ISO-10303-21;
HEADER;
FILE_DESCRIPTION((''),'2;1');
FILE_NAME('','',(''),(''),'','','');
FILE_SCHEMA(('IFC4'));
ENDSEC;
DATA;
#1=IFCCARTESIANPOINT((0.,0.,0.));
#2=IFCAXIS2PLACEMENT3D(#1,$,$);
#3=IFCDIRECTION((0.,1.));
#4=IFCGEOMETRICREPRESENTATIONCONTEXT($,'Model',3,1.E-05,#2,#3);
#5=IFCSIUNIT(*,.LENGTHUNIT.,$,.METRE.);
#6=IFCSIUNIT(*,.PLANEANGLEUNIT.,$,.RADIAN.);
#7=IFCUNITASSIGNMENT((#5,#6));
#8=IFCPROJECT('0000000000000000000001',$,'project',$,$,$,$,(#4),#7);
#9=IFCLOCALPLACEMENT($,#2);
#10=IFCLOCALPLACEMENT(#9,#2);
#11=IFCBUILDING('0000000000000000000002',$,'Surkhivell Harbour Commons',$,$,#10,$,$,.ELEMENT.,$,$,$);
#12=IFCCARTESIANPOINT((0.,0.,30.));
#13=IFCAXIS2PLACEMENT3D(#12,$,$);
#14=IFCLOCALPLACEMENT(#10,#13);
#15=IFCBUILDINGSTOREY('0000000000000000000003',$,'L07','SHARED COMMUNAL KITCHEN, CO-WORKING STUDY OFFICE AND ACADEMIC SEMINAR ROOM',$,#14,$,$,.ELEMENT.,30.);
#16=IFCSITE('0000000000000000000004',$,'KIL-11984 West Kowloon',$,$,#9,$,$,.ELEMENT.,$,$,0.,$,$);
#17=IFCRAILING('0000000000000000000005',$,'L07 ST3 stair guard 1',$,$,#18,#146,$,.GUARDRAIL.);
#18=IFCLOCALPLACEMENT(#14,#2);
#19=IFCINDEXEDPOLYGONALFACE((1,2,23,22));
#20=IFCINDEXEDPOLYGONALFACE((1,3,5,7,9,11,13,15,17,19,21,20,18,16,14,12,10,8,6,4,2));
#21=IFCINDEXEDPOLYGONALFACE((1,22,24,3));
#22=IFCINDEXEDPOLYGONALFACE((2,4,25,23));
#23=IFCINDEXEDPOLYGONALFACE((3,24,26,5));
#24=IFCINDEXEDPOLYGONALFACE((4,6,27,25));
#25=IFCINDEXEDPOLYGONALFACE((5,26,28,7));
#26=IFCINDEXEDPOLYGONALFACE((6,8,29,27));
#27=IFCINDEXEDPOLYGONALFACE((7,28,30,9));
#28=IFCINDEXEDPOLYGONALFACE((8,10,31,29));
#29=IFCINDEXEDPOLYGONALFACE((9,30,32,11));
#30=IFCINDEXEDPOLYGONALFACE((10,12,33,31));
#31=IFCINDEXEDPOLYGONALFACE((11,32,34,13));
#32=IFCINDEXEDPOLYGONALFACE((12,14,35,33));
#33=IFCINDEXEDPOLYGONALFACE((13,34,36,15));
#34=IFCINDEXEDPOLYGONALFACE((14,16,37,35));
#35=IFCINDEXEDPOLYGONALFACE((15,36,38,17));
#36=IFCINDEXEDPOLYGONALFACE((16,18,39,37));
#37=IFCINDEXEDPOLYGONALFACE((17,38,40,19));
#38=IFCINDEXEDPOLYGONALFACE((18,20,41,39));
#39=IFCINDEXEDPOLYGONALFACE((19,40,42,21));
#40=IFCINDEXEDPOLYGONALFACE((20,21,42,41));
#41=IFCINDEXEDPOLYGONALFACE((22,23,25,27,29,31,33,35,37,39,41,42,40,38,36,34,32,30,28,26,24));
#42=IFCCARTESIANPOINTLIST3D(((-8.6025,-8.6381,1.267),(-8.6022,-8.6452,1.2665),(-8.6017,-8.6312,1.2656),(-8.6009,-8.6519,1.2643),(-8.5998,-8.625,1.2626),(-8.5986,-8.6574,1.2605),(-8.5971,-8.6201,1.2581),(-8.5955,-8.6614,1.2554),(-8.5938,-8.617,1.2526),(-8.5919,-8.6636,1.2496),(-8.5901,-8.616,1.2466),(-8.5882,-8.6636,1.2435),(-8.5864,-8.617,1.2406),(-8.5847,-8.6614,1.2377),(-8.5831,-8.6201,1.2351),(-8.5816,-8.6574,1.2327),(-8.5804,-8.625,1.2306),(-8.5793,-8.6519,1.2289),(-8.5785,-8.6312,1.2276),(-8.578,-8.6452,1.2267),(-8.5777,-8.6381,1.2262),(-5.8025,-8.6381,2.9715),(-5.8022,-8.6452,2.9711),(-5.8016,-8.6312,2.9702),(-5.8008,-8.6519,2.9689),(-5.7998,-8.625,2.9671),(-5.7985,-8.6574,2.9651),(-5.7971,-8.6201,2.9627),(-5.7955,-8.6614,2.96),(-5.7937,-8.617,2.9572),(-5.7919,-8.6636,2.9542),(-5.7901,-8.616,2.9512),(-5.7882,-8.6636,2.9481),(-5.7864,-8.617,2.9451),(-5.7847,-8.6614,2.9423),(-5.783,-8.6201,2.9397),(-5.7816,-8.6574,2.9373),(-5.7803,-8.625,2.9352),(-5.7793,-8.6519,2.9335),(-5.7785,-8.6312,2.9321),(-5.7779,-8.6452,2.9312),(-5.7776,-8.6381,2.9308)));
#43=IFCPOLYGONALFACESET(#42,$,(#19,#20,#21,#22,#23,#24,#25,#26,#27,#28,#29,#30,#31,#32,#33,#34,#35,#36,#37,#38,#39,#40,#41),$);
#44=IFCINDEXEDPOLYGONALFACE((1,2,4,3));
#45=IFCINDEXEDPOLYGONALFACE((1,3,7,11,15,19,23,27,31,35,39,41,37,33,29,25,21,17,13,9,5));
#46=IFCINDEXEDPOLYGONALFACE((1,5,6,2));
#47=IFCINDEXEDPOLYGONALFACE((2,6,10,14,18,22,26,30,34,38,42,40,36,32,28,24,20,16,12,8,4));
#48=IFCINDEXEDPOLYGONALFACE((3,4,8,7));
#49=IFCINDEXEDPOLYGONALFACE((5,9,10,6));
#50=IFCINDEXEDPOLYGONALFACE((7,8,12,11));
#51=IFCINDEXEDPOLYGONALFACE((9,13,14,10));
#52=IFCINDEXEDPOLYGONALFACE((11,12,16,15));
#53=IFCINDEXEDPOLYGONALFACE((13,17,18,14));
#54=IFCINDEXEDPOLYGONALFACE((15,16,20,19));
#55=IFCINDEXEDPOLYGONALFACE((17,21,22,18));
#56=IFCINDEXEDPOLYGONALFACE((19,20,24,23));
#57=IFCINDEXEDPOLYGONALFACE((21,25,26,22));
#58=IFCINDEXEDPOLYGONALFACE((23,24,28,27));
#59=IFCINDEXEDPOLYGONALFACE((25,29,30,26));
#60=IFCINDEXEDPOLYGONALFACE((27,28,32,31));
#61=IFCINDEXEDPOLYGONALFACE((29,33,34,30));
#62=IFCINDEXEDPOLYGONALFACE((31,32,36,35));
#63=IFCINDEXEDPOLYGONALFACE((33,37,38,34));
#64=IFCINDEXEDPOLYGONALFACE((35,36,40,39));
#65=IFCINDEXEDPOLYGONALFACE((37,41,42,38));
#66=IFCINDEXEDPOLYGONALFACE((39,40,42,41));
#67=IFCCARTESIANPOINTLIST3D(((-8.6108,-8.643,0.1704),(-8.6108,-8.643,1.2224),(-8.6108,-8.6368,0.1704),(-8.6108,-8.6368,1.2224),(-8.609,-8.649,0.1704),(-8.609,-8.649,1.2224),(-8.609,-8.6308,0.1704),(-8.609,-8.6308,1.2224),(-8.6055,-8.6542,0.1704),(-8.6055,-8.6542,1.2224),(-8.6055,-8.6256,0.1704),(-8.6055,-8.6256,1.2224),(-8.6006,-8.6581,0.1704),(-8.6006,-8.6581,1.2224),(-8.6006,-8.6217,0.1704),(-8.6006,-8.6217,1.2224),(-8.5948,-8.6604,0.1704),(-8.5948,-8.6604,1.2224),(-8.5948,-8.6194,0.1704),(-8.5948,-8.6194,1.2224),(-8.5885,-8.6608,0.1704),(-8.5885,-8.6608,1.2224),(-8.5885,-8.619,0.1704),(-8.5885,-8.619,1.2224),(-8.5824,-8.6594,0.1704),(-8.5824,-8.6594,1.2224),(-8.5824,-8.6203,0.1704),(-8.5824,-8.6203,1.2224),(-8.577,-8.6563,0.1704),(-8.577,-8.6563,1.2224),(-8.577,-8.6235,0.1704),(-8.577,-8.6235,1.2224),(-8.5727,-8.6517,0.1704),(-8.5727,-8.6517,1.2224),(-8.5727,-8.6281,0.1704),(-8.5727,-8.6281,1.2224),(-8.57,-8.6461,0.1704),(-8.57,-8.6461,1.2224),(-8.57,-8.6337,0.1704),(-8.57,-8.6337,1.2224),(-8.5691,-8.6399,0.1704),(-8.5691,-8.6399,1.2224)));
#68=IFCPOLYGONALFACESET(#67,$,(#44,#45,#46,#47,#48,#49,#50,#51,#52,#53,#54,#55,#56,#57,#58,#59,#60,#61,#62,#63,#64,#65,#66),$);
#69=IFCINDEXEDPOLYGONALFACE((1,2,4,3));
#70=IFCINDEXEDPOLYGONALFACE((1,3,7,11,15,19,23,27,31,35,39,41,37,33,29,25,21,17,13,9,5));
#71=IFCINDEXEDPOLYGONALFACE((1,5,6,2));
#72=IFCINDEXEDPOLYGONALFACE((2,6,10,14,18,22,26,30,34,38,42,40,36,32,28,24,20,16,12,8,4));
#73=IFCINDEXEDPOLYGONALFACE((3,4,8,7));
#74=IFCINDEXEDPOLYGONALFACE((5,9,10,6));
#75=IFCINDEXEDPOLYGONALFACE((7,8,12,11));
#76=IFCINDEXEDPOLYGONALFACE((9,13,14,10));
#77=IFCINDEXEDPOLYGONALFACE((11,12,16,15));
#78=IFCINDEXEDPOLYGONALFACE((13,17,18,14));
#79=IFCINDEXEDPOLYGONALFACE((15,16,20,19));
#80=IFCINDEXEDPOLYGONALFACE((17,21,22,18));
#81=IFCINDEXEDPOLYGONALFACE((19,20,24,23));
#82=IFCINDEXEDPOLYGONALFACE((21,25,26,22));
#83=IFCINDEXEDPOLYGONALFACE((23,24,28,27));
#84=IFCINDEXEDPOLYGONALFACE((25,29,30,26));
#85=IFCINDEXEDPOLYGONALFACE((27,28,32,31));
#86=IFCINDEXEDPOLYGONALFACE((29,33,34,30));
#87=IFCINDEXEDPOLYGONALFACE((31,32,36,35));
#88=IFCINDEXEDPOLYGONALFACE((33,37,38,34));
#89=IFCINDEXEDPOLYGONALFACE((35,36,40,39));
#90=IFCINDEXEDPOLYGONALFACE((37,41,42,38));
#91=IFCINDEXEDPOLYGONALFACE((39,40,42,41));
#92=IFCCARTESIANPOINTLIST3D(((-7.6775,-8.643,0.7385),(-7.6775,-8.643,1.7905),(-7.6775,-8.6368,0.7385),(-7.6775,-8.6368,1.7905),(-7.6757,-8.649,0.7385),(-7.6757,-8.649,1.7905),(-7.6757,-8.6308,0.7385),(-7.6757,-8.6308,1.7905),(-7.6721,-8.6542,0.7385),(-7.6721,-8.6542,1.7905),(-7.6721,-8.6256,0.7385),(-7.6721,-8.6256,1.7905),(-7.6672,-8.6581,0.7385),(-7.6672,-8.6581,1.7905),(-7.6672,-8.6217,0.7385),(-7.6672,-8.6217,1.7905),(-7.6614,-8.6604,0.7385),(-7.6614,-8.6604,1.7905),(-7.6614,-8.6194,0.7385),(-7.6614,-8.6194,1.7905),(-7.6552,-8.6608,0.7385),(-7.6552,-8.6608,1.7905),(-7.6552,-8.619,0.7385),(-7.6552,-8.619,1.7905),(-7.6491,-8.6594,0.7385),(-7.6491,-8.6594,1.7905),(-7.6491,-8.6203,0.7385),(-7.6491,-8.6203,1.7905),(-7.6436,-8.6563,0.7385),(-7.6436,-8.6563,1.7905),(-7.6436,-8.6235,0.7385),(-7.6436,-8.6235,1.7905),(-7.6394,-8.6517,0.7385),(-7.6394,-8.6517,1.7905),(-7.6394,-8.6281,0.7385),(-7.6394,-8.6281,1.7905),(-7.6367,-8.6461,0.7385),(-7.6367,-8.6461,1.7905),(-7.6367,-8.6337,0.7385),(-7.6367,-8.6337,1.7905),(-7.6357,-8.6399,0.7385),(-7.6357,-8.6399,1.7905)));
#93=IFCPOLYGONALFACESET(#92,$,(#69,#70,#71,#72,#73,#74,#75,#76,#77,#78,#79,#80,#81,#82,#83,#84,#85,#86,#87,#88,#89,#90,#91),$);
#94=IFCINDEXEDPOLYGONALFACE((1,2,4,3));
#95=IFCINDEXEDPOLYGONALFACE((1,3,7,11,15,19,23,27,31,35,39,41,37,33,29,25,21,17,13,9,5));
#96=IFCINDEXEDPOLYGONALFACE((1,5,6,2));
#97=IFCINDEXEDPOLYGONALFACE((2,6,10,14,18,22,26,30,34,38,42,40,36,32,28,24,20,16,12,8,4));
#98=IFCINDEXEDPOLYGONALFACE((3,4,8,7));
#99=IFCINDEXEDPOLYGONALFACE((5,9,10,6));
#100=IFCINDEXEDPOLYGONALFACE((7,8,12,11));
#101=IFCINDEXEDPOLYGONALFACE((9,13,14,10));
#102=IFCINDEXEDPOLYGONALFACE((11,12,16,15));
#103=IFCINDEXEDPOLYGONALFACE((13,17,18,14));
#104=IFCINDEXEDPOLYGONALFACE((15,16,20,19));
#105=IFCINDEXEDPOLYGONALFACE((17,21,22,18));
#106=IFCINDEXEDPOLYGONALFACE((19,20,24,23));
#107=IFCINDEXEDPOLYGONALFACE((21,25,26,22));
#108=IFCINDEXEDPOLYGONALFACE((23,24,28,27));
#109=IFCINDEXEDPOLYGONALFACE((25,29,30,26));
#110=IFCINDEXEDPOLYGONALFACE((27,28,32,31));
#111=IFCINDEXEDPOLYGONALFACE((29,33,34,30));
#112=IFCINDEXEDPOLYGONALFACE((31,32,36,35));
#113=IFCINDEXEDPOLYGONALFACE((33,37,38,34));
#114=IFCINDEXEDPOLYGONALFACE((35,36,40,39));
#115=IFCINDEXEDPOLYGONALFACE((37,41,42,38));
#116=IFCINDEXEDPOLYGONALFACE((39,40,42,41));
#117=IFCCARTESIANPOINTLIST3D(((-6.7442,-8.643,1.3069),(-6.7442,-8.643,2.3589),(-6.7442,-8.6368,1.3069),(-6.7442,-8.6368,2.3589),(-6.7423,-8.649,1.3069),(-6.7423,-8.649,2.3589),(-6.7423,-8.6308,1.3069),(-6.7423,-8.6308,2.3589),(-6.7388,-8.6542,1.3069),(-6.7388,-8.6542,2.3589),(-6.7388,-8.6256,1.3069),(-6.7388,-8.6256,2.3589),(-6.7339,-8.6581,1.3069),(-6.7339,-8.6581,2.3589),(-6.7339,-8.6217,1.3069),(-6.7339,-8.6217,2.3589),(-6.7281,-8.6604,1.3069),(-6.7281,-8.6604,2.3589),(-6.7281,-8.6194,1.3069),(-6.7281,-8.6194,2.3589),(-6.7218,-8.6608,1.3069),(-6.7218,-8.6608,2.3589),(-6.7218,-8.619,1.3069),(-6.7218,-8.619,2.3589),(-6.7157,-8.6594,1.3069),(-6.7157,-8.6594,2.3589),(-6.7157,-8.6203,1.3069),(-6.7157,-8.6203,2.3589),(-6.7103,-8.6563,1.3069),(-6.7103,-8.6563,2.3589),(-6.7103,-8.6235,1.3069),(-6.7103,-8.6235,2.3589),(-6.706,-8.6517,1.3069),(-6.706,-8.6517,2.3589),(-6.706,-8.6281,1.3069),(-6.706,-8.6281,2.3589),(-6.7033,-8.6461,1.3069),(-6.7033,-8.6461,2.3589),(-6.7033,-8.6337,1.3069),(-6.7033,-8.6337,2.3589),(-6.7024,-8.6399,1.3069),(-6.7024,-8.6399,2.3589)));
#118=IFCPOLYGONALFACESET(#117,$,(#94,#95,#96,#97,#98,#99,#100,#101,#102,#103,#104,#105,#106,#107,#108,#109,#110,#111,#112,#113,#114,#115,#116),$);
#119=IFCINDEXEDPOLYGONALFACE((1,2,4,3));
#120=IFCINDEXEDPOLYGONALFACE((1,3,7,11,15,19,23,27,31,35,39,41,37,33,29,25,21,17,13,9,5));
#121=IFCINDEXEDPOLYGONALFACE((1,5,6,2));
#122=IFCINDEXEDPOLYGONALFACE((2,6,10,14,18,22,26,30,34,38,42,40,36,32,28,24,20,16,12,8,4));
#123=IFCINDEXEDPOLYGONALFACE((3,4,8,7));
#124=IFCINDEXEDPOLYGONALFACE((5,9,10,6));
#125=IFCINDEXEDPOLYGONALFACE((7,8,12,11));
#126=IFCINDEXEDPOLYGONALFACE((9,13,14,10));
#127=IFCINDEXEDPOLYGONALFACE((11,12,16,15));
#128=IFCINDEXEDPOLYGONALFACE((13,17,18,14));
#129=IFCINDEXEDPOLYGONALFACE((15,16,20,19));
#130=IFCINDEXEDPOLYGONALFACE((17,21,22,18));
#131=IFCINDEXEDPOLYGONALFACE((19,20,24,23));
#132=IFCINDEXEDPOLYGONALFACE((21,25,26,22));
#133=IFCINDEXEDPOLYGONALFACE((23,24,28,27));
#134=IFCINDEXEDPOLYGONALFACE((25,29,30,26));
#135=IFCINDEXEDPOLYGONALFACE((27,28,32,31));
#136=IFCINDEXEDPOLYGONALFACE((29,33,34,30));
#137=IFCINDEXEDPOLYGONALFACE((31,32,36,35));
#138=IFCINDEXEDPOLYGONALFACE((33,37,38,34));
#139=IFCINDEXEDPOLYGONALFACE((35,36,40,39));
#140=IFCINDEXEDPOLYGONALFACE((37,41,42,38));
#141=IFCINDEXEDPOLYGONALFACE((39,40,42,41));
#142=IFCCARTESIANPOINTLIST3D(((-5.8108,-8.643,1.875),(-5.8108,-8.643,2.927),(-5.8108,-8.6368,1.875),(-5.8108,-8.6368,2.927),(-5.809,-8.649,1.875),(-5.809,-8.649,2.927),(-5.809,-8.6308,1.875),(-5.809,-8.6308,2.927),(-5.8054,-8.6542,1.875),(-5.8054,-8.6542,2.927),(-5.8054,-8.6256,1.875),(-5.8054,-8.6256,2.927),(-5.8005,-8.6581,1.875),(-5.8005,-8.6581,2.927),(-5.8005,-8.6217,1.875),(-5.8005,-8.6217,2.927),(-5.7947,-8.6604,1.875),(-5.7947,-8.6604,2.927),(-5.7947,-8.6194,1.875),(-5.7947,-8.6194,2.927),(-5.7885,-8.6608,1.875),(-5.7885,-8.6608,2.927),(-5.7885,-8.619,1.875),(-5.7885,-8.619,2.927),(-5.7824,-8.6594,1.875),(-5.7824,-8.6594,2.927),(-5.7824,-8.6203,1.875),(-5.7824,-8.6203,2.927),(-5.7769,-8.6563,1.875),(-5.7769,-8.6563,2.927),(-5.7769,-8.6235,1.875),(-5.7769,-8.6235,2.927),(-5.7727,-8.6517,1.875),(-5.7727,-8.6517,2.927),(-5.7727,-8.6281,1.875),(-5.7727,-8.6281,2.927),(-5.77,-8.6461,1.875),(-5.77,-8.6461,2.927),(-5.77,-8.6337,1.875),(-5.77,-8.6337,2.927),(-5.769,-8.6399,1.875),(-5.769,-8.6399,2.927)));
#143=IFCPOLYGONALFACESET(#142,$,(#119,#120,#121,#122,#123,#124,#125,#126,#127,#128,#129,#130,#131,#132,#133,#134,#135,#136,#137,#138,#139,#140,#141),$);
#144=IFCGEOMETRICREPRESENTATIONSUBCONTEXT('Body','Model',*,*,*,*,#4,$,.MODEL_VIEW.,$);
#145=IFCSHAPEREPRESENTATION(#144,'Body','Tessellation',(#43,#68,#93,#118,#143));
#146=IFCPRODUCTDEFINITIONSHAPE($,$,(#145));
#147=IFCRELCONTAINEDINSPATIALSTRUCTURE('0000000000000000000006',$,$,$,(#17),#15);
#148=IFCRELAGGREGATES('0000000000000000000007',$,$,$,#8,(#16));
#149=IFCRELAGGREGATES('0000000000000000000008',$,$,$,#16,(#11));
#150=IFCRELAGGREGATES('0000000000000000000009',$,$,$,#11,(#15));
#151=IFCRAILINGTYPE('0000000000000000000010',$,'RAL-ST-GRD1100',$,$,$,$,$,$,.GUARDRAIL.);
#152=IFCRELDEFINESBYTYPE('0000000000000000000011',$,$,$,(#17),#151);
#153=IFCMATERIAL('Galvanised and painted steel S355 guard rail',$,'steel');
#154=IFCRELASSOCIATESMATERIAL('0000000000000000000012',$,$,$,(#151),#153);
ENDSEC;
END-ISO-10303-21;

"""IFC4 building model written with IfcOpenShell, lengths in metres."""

from ifc_helpers import new_model, si_unit, direction, frame, origin, origin_2d, place, context, subcontext, project, spatial, circle, extrude, material, type_object, element, save


model = new_model("IFC4")

# Units and contexts
model_context = context("Model", 3, precision=1e-05, world=origin(), true_north=direction((0.0, 1.0)))
body_context = subcontext(model_context, "Body", "Model", "MODEL_VIEW")
ifc_project = project(units=[si_unit("LENGTHUNIT", "METRE"), si_unit("PLANEANGLEUNIT", "RADIAN")], contexts=[model_context])

# Site, building, storey
site_placement = place(None, origin())
site = spatial("IfcSite", under=ifc_project, at=site_placement, Name="KIL-11984 West Kowloon", CompositionType="ELEMENT", RefElevation=0.0)
building_placement = place(site_placement, origin())
building = spatial("IfcBuilding", under=site, at=building_placement, Name="Surkhivell Harbour Commons", CompositionType="ELEMENT")
storey_placement = place(building_placement, frame((0.0, 0.0, 30.0)))
storey = spatial("IfcBuildingStorey", under=building, at=storey_placement, Name="L07", Description="SHARED COMMUNAL KITCHEN, CO-WORKING STUDY OFFICE AND ACADEMIC SEMINAR ROOM", CompositionType="ELEMENT", Elevation=30.0)

# Railing
ifc_material_1 = material(Name="Galvanised and painted steel S355 guard rail", Category="steel")
railing_type_1 = type_object("IfcRailingType", Name="RAL-ST-GRD1100", PredefinedType="GUARDRAIL", material=ifc_material_1)
railing_1_placement = place(storey_placement, frame((-8.5901, -8.6399, 0.1704)))
element("IfcRailing", 1, at=railing_1_placement, inside=storey, type_object=railing_type_1, Name="L07 ST3 stair guard 1", PredefinedType="GUARDRAIL", context=body_context, shape_type="SweptSolid", body=[
    extrude(circle(Radius=0.0239, at=origin_2d()), frame((0.0, 0.0, 1.0762), z_axis=(0.85417, 0.0, 0.519994), x_axis=(0.0, 1.0, 0.0)), (0.0, 0.0, 1.0), 3.2781),
    extrude(circle(Radius=0.021, at=origin_2d()), origin(), (0.0, 0.0, 1.0), 1.052),
    extrude(circle(Radius=0.021, at=origin_2d()), frame((0.9333, 0.0, 0.5681)), (0.0, 0.0, 1.0), 1.052),
    extrude(circle(Radius=0.021, at=origin_2d()), frame((1.8667, 0.0, 1.1365)), (0.0, 0.0, 1.0), 1.052),
    extrude(circle(Radius=0.021, at=origin_2d()), frame((2.8, 0.0, 1.7046)), (0.0, 0.0, 1.0), 1.052),
])

save(model, "model.ifc")
